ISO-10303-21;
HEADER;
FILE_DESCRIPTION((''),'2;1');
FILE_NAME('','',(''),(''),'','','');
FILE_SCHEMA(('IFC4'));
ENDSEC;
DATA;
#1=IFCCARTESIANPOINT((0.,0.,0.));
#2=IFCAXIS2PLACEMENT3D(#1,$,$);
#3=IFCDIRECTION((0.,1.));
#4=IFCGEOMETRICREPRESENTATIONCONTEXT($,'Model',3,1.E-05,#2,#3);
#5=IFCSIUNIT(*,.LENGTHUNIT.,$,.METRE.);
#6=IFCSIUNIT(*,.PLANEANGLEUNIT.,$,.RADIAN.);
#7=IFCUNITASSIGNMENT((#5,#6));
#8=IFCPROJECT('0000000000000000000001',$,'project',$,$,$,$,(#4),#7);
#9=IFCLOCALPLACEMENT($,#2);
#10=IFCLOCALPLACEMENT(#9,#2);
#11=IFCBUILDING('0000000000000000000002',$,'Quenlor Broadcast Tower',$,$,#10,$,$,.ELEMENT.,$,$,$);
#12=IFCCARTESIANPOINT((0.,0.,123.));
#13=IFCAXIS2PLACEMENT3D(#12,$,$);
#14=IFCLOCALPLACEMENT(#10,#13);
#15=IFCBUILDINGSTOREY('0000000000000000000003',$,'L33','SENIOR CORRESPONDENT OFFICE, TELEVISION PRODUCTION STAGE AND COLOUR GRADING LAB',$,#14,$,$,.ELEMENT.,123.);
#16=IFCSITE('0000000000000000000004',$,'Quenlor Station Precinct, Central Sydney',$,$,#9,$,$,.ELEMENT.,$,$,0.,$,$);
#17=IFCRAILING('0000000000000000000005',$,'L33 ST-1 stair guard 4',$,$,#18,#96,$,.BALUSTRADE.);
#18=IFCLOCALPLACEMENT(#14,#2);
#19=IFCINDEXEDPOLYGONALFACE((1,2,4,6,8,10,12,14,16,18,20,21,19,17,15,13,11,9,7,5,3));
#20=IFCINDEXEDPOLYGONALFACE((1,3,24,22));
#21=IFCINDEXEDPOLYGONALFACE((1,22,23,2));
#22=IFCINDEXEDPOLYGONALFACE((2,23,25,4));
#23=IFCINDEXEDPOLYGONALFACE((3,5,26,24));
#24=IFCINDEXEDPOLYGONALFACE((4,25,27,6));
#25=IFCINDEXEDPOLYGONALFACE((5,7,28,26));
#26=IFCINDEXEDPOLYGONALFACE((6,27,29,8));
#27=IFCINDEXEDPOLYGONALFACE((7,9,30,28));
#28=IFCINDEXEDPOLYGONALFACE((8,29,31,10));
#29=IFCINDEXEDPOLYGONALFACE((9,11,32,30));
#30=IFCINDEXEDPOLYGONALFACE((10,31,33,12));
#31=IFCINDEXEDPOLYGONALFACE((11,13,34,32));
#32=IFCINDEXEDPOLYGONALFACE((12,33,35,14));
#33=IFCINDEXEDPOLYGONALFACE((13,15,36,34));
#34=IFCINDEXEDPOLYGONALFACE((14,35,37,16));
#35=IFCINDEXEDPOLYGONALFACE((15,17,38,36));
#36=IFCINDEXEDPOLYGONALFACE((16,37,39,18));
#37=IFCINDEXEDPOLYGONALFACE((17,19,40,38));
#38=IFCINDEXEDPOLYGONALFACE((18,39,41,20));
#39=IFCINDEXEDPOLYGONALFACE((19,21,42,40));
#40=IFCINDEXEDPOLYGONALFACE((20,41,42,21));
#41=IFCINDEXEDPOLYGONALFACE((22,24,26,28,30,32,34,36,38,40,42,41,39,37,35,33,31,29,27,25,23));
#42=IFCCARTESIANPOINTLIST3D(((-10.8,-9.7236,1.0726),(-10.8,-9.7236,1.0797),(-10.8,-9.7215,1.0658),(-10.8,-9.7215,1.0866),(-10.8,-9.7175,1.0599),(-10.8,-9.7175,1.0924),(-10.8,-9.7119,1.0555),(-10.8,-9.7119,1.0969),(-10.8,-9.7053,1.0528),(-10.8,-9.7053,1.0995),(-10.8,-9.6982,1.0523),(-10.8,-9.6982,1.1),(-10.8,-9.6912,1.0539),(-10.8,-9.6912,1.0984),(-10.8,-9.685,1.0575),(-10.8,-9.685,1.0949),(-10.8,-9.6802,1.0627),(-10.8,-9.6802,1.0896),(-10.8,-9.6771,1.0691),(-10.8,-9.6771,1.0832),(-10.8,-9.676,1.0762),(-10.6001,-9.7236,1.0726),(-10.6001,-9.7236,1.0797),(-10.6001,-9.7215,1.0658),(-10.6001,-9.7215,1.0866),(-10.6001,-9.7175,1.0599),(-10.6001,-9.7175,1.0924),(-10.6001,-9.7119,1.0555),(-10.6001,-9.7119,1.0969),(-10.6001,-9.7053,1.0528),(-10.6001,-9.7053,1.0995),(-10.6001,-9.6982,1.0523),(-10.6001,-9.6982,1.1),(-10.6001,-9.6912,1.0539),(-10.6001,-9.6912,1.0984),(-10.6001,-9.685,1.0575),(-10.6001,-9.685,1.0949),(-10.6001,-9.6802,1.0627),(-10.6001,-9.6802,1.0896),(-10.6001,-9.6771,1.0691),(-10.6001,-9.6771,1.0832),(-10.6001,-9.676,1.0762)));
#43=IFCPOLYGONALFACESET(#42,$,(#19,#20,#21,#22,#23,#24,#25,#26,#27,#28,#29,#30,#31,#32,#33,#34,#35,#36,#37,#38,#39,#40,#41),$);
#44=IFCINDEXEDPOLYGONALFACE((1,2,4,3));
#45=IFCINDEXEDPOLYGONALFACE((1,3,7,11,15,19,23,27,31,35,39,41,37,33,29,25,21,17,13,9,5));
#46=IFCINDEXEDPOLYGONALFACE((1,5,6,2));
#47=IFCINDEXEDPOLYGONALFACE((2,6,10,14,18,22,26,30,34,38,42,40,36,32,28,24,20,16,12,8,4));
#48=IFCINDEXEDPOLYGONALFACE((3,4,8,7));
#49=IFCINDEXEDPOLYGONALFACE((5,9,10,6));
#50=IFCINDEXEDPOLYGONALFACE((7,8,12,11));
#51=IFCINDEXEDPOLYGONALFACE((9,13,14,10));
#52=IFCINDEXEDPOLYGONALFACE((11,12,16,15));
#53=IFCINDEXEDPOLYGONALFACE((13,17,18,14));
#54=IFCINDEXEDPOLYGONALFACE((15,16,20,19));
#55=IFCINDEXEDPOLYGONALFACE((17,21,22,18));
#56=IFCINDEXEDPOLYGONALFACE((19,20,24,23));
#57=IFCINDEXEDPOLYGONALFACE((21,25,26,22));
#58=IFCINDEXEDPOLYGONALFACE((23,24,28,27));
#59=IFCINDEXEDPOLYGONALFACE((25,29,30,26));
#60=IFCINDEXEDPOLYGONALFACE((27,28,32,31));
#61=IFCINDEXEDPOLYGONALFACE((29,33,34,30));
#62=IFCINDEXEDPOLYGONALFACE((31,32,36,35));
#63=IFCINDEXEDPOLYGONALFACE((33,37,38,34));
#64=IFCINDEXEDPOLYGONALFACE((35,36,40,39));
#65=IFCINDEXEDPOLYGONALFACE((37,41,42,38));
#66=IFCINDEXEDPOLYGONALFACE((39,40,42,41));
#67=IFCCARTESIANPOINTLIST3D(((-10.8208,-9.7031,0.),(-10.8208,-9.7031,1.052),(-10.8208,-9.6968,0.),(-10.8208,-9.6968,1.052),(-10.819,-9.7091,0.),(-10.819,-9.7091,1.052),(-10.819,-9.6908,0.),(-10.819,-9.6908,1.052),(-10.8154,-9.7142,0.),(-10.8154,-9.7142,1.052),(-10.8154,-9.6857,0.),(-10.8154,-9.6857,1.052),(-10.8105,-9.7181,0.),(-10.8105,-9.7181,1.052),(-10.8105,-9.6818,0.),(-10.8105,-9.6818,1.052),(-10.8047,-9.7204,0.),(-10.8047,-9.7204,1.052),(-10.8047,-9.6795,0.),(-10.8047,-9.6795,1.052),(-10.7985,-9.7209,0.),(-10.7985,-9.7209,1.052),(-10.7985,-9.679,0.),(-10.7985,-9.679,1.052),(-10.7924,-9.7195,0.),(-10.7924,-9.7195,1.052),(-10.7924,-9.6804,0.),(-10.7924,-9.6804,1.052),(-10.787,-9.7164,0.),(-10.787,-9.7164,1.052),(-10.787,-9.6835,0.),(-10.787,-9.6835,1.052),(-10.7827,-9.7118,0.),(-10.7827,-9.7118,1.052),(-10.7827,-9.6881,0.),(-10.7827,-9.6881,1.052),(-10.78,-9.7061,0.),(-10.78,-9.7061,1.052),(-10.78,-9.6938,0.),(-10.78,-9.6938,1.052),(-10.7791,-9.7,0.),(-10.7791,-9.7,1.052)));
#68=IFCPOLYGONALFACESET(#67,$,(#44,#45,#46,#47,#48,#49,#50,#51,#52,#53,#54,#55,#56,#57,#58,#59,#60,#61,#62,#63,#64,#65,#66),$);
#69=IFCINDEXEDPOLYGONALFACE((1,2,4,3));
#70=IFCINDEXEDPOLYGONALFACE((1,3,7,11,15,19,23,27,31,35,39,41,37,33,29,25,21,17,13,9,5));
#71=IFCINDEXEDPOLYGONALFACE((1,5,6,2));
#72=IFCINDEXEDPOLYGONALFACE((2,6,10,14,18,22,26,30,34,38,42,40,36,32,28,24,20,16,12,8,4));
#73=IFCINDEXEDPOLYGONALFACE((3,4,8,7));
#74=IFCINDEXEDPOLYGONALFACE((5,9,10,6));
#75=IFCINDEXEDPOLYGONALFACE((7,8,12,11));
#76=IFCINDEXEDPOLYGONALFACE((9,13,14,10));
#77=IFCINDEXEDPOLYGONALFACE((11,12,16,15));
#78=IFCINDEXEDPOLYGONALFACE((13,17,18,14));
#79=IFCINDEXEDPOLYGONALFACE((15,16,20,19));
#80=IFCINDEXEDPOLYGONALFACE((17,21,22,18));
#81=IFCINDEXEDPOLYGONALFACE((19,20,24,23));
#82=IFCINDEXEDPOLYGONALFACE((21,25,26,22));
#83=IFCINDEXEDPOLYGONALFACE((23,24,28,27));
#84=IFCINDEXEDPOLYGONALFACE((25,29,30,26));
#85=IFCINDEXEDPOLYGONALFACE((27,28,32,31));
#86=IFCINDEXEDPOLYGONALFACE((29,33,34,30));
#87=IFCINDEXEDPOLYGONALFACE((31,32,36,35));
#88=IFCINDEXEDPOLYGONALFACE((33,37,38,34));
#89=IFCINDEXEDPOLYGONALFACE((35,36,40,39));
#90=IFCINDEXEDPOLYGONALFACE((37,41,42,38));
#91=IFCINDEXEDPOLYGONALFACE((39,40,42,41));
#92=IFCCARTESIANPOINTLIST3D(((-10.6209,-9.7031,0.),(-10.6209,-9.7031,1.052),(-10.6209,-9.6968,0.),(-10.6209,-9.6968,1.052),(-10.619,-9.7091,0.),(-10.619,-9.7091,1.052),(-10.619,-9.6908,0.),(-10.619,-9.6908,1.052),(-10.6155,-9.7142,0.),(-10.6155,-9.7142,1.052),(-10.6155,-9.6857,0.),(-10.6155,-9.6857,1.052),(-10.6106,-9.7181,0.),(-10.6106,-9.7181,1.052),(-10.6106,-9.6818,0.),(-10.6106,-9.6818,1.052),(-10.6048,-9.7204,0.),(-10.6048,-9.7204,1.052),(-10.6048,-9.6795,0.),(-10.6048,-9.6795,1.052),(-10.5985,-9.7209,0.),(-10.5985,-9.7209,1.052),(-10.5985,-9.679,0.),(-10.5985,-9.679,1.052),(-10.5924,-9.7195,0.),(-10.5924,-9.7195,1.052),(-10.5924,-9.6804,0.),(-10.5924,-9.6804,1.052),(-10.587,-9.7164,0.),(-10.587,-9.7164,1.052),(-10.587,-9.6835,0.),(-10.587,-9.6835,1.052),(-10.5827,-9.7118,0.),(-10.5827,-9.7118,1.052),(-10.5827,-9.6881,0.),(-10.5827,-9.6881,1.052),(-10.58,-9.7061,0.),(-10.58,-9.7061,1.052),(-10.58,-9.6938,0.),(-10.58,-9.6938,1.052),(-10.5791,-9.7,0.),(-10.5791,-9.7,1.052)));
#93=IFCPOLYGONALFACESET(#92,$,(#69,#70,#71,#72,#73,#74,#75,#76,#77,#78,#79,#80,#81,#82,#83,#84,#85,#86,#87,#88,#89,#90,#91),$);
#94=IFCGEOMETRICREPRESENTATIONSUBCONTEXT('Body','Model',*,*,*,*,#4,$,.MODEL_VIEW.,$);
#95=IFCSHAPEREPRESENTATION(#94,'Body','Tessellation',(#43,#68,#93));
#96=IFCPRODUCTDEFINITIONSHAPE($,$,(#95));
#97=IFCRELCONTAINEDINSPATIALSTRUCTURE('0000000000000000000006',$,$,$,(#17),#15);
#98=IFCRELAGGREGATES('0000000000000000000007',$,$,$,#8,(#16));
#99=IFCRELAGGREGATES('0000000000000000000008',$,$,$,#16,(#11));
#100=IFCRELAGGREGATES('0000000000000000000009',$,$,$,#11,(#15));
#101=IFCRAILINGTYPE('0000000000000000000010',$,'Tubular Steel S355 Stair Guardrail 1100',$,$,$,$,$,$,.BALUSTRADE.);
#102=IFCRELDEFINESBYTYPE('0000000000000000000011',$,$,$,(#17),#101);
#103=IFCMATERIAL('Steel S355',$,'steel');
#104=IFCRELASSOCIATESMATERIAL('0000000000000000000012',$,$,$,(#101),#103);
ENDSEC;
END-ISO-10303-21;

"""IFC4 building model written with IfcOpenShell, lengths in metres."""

from ifc_helpers import new_model, si_unit, direction, frame, origin, origin_2d, place, context, subcontext, project, spatial, circle, extrude, material, type_object, element, save


model = new_model("IFC4")

# Units and contexts
model_context = context("Model", 3, precision=1e-05, world=origin(), true_north=direction((0.0, 1.0)))
body_context = subcontext(model_context, "Body", "Model", "MODEL_VIEW")
ifc_project = project(units=[si_unit("LENGTHUNIT", "METRE"), si_unit("PLANEANGLEUNIT", "RADIAN")], contexts=[model_context])

# Site, building, storey
site_placement = place(None, origin())
site = spatial("IfcSite", under=ifc_project, at=site_placement, Name="Quenlor Station Precinct, Central Sydney", CompositionType="ELEMENT", RefElevation=0.0)
building_placement = place(site_placement, origin())
building = spatial("IfcBuilding", under=site, at=building_placement, Name="Quenlor Broadcast Tower", CompositionType="ELEMENT")
storey_placement = place(building_placement, frame((0.0, 0.0, 123.0)))
storey = spatial("IfcBuildingStorey", under=building, at=storey_placement, Name="L33", Description="SENIOR CORRESPONDENT OFFICE, TELEVISION PRODUCTION STAGE AND COLOUR GRADING LAB", CompositionType="ELEMENT", Elevation=123.0)

# Railing
ifc_material_1 = material(Name="Steel S355", Category="steel")
railing_type_1 = type_object("IfcRailingType", Name="Tubular Steel S355 Stair Guardrail 1100", PredefinedType="BALUSTRADE", material=ifc_material_1)
railing_1_placement = place(storey_placement, frame((-10.8, -9.7, 0.0)))
element("IfcRailing", 1, at=railing_1_placement, inside=storey, type_object=railing_type_1, Name="L33 ST-1 stair guard 4", PredefinedType="BALUSTRADE", context=body_context, shape_type="SweptSolid", body=[
    extrude(circle(Radius=0.0239, at=origin_2d()), frame((0.0, 0.0, 1.0762), z_axis=(1.0, 0.0, 0.0), x_axis=(0.0, 1.0, 0.0)), (0.0, 0.0, 1.0), 0.2),
    extrude(circle(Radius=0.021, at=origin_2d()), origin(), (0.0, 0.0, 1.0), 1.052),
    extrude(circle(Radius=0.021, at=origin_2d()), frame((0.2, 0.0, 0.0)), (0.0, 0.0, 1.0), 1.052),
])

save(model, "model.ifc")
